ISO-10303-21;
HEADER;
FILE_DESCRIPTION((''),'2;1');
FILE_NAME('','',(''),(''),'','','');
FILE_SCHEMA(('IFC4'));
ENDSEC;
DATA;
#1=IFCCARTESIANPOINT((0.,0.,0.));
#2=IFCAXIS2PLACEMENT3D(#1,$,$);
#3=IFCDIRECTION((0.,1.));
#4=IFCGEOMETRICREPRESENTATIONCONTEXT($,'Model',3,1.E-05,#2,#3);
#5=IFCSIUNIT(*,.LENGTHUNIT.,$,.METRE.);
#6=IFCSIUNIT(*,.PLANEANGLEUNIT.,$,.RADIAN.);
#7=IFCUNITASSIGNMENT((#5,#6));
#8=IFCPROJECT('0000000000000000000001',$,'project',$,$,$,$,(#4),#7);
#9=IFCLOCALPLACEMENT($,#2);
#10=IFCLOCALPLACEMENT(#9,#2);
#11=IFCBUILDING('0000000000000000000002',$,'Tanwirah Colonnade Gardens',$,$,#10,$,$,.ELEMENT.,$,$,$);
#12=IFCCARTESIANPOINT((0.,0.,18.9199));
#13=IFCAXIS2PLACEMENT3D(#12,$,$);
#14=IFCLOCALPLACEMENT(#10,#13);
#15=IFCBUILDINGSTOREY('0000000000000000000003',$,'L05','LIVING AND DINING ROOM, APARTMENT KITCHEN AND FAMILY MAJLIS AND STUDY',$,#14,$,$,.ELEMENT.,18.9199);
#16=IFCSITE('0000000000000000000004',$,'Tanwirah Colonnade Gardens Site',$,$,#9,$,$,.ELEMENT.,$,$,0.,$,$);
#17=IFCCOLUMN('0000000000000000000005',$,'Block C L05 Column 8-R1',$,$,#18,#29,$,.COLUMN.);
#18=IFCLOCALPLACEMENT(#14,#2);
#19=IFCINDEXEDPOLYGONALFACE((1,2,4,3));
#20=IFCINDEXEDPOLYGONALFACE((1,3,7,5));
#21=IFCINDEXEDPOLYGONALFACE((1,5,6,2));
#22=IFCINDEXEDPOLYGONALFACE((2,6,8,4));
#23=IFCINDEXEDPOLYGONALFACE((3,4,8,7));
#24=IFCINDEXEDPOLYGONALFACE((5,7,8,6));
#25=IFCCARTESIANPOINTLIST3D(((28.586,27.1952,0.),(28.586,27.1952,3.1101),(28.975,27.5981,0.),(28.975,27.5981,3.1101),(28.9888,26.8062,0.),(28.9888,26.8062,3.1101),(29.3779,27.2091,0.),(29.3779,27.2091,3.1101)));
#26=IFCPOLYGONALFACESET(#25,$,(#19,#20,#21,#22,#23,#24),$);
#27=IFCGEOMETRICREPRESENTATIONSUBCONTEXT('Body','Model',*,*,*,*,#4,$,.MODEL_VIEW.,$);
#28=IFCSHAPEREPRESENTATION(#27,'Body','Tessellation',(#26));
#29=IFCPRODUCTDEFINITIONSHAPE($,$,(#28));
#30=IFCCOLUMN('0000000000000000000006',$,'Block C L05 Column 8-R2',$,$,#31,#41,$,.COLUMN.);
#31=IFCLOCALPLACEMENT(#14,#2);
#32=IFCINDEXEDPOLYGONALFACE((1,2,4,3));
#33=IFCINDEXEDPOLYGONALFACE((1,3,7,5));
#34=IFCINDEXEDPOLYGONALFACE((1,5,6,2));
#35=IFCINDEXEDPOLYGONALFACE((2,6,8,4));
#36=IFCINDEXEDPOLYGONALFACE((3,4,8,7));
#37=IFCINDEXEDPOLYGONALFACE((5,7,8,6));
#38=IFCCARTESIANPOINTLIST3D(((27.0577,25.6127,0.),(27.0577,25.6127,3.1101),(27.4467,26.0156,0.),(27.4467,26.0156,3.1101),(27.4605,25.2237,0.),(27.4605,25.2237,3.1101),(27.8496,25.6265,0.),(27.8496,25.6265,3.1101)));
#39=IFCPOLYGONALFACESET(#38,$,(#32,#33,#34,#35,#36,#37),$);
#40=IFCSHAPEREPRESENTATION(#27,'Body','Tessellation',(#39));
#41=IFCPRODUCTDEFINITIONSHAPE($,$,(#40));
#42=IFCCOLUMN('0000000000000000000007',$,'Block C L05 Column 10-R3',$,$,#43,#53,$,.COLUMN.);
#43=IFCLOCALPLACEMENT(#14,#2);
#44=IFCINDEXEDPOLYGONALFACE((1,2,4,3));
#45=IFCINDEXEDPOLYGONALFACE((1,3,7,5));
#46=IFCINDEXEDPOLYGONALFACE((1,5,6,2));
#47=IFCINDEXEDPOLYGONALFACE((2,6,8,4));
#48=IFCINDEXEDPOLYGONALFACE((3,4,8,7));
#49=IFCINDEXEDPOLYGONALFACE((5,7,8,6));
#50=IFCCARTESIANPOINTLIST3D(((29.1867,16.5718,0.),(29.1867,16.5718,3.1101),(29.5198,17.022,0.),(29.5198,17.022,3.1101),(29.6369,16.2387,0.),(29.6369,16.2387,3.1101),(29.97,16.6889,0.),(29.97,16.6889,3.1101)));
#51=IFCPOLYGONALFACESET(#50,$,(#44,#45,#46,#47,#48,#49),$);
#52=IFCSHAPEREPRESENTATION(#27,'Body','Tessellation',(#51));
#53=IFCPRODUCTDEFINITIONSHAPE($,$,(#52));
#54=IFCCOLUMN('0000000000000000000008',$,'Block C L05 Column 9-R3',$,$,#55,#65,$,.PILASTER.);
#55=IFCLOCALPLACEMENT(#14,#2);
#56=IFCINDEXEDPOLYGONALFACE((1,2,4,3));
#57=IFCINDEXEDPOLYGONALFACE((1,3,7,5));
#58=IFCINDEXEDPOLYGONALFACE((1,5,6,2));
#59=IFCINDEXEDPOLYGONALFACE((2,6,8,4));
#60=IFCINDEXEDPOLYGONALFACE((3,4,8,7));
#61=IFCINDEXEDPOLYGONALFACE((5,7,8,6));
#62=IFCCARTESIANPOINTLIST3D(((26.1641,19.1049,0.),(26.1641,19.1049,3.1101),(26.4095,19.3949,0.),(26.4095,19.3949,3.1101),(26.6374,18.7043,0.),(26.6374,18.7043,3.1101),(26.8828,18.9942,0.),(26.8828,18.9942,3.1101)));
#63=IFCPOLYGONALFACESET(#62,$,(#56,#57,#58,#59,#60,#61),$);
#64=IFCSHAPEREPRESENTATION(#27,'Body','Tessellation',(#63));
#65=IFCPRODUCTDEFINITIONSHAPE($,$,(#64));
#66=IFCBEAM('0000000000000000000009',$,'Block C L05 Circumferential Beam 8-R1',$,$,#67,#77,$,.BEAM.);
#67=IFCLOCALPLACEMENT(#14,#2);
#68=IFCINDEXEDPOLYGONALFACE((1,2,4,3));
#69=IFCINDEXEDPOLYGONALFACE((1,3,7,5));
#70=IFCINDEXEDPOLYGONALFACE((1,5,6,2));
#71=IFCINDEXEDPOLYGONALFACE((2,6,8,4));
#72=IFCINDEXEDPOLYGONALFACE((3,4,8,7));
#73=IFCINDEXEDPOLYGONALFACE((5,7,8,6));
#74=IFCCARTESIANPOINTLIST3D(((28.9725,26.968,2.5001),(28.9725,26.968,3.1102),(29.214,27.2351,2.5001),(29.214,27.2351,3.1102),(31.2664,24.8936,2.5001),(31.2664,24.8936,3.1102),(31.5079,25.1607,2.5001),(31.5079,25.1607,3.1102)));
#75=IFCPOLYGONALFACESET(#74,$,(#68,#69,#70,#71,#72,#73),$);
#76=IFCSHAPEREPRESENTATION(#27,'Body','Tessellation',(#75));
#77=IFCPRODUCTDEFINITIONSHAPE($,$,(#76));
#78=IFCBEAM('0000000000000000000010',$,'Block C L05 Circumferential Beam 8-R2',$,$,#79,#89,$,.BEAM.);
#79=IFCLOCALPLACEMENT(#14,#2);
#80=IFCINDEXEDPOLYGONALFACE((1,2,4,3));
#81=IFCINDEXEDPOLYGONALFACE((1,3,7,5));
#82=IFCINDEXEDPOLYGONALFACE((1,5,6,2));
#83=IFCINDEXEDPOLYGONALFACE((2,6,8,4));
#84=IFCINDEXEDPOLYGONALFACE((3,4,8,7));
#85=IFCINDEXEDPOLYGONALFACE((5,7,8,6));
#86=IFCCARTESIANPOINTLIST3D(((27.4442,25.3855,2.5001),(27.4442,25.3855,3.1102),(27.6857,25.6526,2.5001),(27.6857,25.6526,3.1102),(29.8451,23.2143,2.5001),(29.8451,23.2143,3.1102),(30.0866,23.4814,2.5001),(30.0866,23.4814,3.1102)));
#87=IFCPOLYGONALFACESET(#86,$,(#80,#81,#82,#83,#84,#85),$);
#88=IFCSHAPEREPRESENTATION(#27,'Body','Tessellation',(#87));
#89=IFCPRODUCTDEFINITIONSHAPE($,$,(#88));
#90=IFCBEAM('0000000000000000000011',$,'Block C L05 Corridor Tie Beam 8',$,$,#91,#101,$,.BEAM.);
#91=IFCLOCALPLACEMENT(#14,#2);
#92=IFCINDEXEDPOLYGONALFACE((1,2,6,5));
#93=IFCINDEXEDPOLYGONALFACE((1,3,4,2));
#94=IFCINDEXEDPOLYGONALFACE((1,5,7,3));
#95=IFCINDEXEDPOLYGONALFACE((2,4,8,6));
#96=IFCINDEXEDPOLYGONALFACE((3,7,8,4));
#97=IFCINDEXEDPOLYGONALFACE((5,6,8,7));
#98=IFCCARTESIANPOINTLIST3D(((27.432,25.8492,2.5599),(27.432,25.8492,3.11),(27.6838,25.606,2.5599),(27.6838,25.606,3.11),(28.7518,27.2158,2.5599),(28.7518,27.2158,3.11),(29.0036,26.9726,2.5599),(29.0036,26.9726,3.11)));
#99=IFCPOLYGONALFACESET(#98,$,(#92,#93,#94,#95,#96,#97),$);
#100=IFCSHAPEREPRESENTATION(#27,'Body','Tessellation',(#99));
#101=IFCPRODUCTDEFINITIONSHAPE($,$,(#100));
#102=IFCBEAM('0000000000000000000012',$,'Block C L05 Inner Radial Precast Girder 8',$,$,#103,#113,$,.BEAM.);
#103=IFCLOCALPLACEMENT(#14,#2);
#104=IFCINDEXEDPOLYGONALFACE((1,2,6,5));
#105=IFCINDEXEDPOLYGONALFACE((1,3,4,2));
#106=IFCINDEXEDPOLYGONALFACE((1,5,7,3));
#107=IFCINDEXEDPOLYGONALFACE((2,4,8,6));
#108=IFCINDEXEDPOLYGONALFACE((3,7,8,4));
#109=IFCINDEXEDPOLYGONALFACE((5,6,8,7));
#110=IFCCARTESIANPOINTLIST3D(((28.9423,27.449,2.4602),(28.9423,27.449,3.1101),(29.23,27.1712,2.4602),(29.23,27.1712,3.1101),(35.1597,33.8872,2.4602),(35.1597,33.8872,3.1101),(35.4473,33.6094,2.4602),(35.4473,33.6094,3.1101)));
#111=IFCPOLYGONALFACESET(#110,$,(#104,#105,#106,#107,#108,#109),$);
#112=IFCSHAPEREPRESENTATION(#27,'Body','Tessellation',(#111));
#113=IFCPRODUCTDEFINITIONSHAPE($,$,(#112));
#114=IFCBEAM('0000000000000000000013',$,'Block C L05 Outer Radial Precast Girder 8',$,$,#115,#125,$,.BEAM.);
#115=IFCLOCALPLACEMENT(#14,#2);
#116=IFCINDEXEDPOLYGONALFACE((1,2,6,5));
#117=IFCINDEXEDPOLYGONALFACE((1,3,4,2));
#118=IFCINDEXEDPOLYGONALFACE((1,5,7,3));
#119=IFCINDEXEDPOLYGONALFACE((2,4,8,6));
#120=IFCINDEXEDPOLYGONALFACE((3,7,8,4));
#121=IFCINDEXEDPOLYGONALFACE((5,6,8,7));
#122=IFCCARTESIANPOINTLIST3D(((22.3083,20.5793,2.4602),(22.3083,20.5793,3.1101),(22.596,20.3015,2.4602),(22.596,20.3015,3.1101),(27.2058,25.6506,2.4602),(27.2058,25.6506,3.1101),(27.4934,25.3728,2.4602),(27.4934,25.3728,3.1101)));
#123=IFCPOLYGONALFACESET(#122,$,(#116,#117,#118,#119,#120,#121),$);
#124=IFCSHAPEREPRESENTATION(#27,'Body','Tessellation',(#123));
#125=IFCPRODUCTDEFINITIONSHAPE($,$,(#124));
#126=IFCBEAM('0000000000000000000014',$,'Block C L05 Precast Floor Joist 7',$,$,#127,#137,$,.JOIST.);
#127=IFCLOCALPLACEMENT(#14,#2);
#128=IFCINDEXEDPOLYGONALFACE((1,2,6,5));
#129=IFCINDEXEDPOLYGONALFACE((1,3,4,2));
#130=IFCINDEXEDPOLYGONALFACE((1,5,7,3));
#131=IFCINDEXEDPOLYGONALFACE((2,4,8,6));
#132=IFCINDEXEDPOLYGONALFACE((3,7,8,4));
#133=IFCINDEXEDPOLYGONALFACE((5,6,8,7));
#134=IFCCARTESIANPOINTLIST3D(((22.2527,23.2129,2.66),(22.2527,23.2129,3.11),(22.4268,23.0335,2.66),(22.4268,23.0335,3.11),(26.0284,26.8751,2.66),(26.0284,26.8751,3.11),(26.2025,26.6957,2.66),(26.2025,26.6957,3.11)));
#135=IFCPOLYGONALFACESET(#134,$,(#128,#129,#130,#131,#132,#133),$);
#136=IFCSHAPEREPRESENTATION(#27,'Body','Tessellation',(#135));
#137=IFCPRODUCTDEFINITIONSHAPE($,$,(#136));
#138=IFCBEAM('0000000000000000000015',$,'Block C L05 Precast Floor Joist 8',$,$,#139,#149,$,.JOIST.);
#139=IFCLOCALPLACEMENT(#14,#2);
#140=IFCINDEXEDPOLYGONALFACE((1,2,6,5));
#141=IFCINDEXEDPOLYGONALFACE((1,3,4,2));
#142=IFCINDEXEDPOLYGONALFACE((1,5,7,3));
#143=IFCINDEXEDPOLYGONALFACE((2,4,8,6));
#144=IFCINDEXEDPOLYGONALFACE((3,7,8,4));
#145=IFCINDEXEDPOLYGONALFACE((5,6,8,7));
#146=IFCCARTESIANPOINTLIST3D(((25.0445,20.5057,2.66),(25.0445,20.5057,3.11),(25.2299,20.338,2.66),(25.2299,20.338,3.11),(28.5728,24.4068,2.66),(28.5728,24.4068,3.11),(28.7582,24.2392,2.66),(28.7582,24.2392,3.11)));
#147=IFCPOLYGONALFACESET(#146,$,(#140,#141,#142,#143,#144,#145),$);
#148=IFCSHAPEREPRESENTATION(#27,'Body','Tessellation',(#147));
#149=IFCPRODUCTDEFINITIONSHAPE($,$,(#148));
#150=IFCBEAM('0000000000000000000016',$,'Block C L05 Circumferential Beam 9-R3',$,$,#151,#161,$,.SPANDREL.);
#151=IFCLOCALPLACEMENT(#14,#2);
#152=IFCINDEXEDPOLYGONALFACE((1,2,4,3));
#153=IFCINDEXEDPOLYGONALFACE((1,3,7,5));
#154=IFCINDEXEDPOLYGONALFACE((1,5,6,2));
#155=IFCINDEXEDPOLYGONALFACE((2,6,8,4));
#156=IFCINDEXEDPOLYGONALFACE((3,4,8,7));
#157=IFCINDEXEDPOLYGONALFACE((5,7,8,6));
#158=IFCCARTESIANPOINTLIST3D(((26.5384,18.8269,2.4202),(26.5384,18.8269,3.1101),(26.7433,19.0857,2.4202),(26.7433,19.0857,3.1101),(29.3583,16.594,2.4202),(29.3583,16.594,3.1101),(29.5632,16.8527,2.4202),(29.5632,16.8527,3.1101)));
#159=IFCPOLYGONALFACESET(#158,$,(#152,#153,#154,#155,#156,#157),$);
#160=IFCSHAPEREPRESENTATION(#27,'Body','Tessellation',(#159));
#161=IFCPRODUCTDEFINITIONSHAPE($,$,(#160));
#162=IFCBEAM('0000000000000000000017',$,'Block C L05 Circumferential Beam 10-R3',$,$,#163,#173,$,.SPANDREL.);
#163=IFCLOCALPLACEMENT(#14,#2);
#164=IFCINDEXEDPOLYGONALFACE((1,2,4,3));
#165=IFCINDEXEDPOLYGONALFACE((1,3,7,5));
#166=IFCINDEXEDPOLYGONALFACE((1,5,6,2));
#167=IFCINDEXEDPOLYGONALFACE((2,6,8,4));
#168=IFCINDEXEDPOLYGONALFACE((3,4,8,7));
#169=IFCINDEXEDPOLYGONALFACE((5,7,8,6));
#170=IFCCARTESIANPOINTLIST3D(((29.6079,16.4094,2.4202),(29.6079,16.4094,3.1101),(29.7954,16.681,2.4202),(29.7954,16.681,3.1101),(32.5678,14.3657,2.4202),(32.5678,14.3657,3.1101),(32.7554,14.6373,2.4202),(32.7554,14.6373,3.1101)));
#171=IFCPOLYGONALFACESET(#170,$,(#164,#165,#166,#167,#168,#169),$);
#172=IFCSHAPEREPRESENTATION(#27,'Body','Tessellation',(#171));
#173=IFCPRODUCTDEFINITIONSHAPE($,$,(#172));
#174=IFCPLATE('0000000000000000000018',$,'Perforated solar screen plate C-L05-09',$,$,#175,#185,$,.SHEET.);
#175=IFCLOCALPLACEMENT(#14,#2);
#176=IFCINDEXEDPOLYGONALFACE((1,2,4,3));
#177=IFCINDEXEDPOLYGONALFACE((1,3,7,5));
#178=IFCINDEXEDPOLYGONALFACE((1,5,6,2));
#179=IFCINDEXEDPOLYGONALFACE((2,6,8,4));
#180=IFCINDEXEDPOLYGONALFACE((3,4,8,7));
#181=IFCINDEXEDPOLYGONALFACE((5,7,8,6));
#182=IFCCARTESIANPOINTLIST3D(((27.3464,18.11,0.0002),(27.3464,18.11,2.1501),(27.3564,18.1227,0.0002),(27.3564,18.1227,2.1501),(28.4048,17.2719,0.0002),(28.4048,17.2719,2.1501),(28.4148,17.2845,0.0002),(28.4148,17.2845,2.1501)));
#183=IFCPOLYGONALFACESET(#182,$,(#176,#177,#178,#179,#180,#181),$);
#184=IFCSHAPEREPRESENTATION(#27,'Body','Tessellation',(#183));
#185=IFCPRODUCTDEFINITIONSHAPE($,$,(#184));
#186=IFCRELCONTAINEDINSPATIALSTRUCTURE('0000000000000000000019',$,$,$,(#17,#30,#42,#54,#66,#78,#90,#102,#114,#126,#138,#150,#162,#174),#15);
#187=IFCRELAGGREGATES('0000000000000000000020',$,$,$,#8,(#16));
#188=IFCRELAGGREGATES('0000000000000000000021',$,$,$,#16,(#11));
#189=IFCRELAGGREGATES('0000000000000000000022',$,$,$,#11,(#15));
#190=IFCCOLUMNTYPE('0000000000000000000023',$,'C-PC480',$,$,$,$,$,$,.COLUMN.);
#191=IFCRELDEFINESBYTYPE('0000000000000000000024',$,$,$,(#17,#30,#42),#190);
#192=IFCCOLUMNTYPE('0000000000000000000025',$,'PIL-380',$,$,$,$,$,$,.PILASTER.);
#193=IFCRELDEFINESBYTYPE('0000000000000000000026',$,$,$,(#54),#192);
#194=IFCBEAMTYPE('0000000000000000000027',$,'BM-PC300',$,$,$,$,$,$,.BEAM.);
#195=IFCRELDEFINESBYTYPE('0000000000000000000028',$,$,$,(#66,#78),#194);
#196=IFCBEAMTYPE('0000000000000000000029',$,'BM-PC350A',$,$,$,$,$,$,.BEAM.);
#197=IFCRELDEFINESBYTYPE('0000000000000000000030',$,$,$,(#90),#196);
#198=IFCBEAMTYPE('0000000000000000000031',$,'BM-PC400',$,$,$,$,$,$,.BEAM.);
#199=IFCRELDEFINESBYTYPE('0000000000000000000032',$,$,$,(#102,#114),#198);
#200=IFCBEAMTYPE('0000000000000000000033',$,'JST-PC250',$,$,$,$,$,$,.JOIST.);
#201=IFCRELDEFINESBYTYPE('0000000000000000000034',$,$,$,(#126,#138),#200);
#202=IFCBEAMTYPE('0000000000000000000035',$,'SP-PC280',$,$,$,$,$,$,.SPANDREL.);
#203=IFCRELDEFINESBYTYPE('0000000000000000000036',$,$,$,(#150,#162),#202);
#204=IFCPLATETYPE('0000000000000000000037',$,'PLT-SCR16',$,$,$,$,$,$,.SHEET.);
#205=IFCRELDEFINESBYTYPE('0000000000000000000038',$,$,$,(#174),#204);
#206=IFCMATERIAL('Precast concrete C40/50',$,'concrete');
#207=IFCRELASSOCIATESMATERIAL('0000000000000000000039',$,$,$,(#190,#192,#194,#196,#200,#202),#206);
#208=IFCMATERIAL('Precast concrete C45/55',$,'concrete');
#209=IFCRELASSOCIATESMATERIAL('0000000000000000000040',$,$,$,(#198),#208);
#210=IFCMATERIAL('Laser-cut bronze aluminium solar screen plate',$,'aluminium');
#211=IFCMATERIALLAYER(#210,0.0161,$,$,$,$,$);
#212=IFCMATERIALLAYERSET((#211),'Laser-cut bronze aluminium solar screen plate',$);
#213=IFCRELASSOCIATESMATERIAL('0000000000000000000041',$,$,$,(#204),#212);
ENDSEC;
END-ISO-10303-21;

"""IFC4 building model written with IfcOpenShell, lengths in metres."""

from ifc_helpers import new_model, si_unit, direction, frame, origin, origin_2d, place, context, subcontext, project, spatial, rectangle, extrude, material, layer, layer_set, material_profile, profile_set, type_object, element, save


model = new_model("IFC4")

# Units and contexts
model_context = context("Model", 3, precision=1e-05, world=origin(), true_north=direction((0.0, 1.0)))
body_context = subcontext(model_context, "Body", "Model", "MODEL_VIEW")
ifc_project = project(units=[si_unit("LENGTHUNIT", "METRE"), si_unit("PLANEANGLEUNIT", "RADIAN")], contexts=[model_context])

# Site, building, storey
site_placement = place(None, origin())
site = spatial("IfcSite", under=ifc_project, at=site_placement, Name="Tanwirah Colonnade Gardens Site", CompositionType="ELEMENT", RefElevation=0.0)
building_placement = place(site_placement, origin())
building = spatial("IfcBuilding", under=site, at=building_placement, Name="Tanwirah Colonnade Gardens", CompositionType="ELEMENT")
storey_placement = place(building_placement, frame((0.0, 0.0, 18.9199)))
storey = spatial("IfcBuildingStorey", under=building, at=storey_placement, Name="L05", Description="LIVING AND DINING ROOM, APARTMENT KITCHEN AND FAMILY MAJLIS AND STUDY", CompositionType="ELEMENT", Elevation=18.9199)

# Columns
ifc_material_1 = material(Name="Precast concrete C40/50", Category="concrete")
ifc_material_profile_1 = material_profile(ifc_material_1, rectangle(XDim=0.5601, YDim=0.5601, at=origin_2d()), Name="PC-COL 560x560")
ifc_profile_set_1 = profile_set([ifc_material_profile_1], Name="Precast concrete C40/50")
column_type_1 = type_object("IfcColumnType", Name="C-PC480", PredefinedType="COLUMN", material=ifc_profile_set_1)
for number, where, z_axis, x_axis, name in (
    (1, (28.9819, 27.2021, 0.0), (0.0, 0.0, 1.0), (-0.694658, -0.71934, 0.0), "Block C L05 Column 8-R1"),
    (2, (27.4536, 25.6196, 0.0), (0.0, 0.0, 1.0), (-0.694658, -0.71934, 0.0), "Block C L05 Column 8-R2"),
    (3, (29.5784, 16.6304, 0.0), (0.0, 0.0, 1.0), (-0.594823, -0.803857, 0.0), "Block C L05 Column 10-R3"),
):
    element("IfcColumn", number, at=place(storey_placement, frame(where, z_axis=z_axis, x_axis=x_axis)), inside=storey, type_object=column_type_1, Name=name, PredefinedType="COLUMN", context=body_context, shape_type="SweptSolid", body=[
        extrude(rectangle(XDim=0.5601, YDim=0.5601, at=origin_2d()), origin(), (0.0, 0.0, 1.0), 3.1101),
    ])
ifc_material_profile_2 = material_profile(ifc_material_1, rectangle(XDim=0.3799, YDim=0.6201, at=origin_2d()), Name="PC-PIL 380x620")
ifc_profile_set_2 = profile_set([ifc_material_profile_2], Name="Precast concrete C40/50")
column_type_2 = type_object("IfcColumnType", Name="PIL-380", PredefinedType="PILASTER", material=ifc_profile_set_2)
column_placement = place(storey_placement, frame((26.5234, 19.0496, 0.0), z_axis=(0.0, 0.0, 1.0), x_axis=(-0.646124, -0.763232, 0.0)))
element("IfcColumn", 4, at=column_placement, inside=storey, type_object=column_type_2, Name="Block C L05 Column 9-R3", PredefinedType="PILASTER", context=body_context, shape_type="SweptSolid", body=[
    extrude(rectangle(XDim=0.3799, YDim=0.6201, at=origin_2d()), origin(), (0.0, 0.0, 1.0), 3.1101),
])

# Beams
ifc_material_profile_3 = material_profile(ifc_material_1, rectangle(XDim=0.3601, YDim=0.6101, at=origin_2d()), Name="PC-BM 360x610")
ifc_profile_set_3 = profile_set([ifc_material_profile_3], Name="Precast concrete C40/50")
beam_type_1 = type_object("IfcBeamType", Name="BM-PC300", PredefinedType="BEAM", material=ifc_profile_set_3)
beam_1_placement = place(storey_placement, frame((29.0933, 27.1016, 2.8052), z_axis=(0.741698, -0.670733, 0.0), x_axis=(0.670733, 0.741698, 0.0)))
element("IfcBeam", 5, at=beam_1_placement, inside=storey, type_object=beam_type_1, Name="Block C L05 Circumferential Beam 8-R1", PredefinedType="BEAM", context=body_context, shape_type="SweptSolid", body=[
    extrude(rectangle(XDim=0.3601, YDim=0.6101, at=origin_2d()), origin(), (0.0, 0.0, 1.0), 3.0928),
])
beam_2_placement = place(storey_placement, frame((27.5649, 25.519, 2.8052), z_axis=(0.741702, -0.67073, 0.0), x_axis=(0.67073, 0.741702, 0.0)))
element("IfcBeam", 6, at=beam_2_placement, inside=storey, type_object=beam_type_1, Name="Block C L05 Circumferential Beam 8-R2", PredefinedType="BEAM", context=body_context, shape_type="SweptSolid", body=[
    extrude(rectangle(XDim=0.3601, YDim=0.6101, at=origin_2d()), origin(), (0.0, 0.0, 1.0), 3.2371),
])
ifc_material_profile_4 = material_profile(ifc_material_1, rectangle(XDim=0.3501, YDim=0.55, at=origin_2d()), Name="PC-BM 350x550")
ifc_profile_set_4 = profile_set([ifc_material_profile_4], Name="Precast concrete C40/50")
beam_type_2 = type_object("IfcBeamType", Name="BM-PC350A", PredefinedType="BEAM", material=ifc_profile_set_4)
beam_3_placement = place(storey_placement, frame((28.8777, 27.0942, 2.835), z_axis=(-0.694663, -0.719335, 0.0), x_axis=(0.719335, -0.694663, 0.0)))
element("IfcBeam", 7, at=beam_3_placement, inside=storey, type_object=beam_type_2, Name="Block C L05 Corridor Tie Beam 8", PredefinedType="BEAM", context=body_context, shape_type="SweptSolid", body=[
    extrude(rectangle(XDim=0.3501, YDim=0.55, at=origin_2d()), origin(), (0.0, 0.0, 1.0), 1.8999),
])
ifc_material_2 = material(Name="Precast concrete C45/55", Category="concrete")
ifc_material_profile_5 = material_profile(ifc_material_2, rectangle(XDim=0.3999, YDim=0.6499, at=origin_2d()), Name="PC-BM 400x650")
ifc_profile_set_5 = profile_set([ifc_material_profile_5], Name="Precast concrete C45/55")
beam_type_3 = type_object("IfcBeamType", Name="BM-PC400", PredefinedType="BEAM", material=ifc_profile_set_5)
beam_4_placement = place(storey_placement, frame((29.0862, 27.3101, 2.7852), z_axis=(0.694656, 0.719342, 0.0), x_axis=(-0.719342, 0.694656, 0.0)))
element("IfcBeam", 8, at=beam_4_placement, inside=storey, type_object=beam_type_3, Name="Block C L05 Inner Radial Precast Girder 8", PredefinedType="BEAM", context=body_context, shape_type="SweptSolid", body=[
    extrude(rectangle(XDim=0.3999, YDim=0.6499, at=origin_2d()), origin(), (0.0, 0.0, 1.0), 8.9502),
])
beam_5_placement = place(storey_placement, frame((27.3496, 25.5117, 2.7852), z_axis=(-0.694671, -0.719327, 0.0), x_axis=(0.719327, -0.694671, 0.0)))
element("IfcBeam", 9, at=beam_5_placement, inside=storey, type_object=beam_type_3, Name="Block C L05 Outer Radial Precast Girder 8", PredefinedType="BEAM", context=body_context, shape_type="SweptSolid", body=[
    extrude(rectangle(XDim=0.3999, YDim=0.6499, at=origin_2d()), origin(), (0.0, 0.0, 1.0), 7.05),
])
ifc_material_profile_6 = material_profile(ifc_material_1, rectangle(XDim=0.25, YDim=0.45, at=origin_2d()), Name="PC-JST 250x450")
ifc_profile_set_6 = profile_set([ifc_material_profile_6], Name="Precast concrete C40/50")
beam_type_4 = type_object("IfcBeamType", Name="JST-PC250", PredefinedType="JOIST", material=ifc_profile_set_6)
for number, where, z_axis, x_axis, name in (
    (10, (26.1155, 26.7854, 2.885), (-0.717816, -0.696233, 0.0), (0.696233, -0.717816, 0.0), "Block C L05 Precast Floor Joist 7"),
    (11, (28.6655, 24.323, 2.885), (-0.670781, -0.741656, 0.0), (0.741656, -0.670781, 0.0), "Block C L05 Precast Floor Joist 8"),
):
    element("IfcBeam", number, at=place(storey_placement, frame(where, z_axis=z_axis, x_axis=x_axis)), inside=storey, type_object=beam_type_4, Name=name, PredefinedType="JOIST", context=body_context, shape_type="SweptSolid", body=[
        extrude(rectangle(XDim=0.25, YDim=0.45, at=origin_2d()), origin(), (0.0, 0.0, 1.0), 5.26),
    ])
ifc_material_profile_7 = material_profile(ifc_material_1, rectangle(XDim=0.3301, YDim=0.6899, at=origin_2d()), Name="PC-SP 330x690")
ifc_profile_set_7 = profile_set([ifc_material_profile_7], Name="Precast concrete C40/50")
beam_type_5 = type_object("IfcBeamType", Name="SP-PC280", PredefinedType="SPANDREL", material=ifc_profile_set_7)
for number, where, z_axis, x_axis, name in (
    (12, (26.6409, 18.9563, 2.7651), (0.783971, -0.620797, 0.0), (0.620797, 0.783971, 0.0), "Block C L05 Circumferential Beam 9-R3"),
    (13, (29.7017, 16.5452, 2.7651), (0.822907, -0.568175, 0.0), (0.568175, 0.822907, 0.0), "Block C L05 Circumferential Beam 10-R3"),
):
    element("IfcBeam", number, at=place(storey_placement, frame(where, z_axis=z_axis, x_axis=x_axis)), inside=storey, type_object=beam_type_5, Name=name, PredefinedType="SPANDREL", context=body_context, shape_type="SweptSolid", body=[
        extrude(rectangle(XDim=0.3301, YDim=0.6899, at=origin_2d()), origin(), (0.0, 0.0, 1.0), 3.5969),
    ])

# Plate
ifc_material_3 = material(Name="Laser-cut bronze aluminium solar screen plate", Category="aluminium")
ifc_layer_1 = layer(ifc_material_3, 0.0161)
ifc_layer_set_1 = layer_set([ifc_layer_1], Name="Laser-cut bronze aluminium solar screen plate")
plate_type = type_object("IfcPlateType", Name="PLT-SCR16", PredefinedType="SHEET", material=ifc_layer_set_1)
plate_placement = place(storey_placement, frame((27.8806, 17.6973, 0.0002), z_axis=(0.0, 0.0, 1.0), x_axis=(0.783965, -0.620805, 0.0)))
element("IfcPlate", 14, at=plate_placement, inside=storey, type_object=plate_type, Name="Perforated solar screen plate C-L05-09", PredefinedType="SHEET", context=body_context, shape_type="SweptSolid", body=[
    extrude(rectangle(XDim=1.3501, YDim=0.0161, at=origin_2d()), origin(), (0.0, 0.0, 1.0), 2.1499),
])

save(model, "model.ifc")
